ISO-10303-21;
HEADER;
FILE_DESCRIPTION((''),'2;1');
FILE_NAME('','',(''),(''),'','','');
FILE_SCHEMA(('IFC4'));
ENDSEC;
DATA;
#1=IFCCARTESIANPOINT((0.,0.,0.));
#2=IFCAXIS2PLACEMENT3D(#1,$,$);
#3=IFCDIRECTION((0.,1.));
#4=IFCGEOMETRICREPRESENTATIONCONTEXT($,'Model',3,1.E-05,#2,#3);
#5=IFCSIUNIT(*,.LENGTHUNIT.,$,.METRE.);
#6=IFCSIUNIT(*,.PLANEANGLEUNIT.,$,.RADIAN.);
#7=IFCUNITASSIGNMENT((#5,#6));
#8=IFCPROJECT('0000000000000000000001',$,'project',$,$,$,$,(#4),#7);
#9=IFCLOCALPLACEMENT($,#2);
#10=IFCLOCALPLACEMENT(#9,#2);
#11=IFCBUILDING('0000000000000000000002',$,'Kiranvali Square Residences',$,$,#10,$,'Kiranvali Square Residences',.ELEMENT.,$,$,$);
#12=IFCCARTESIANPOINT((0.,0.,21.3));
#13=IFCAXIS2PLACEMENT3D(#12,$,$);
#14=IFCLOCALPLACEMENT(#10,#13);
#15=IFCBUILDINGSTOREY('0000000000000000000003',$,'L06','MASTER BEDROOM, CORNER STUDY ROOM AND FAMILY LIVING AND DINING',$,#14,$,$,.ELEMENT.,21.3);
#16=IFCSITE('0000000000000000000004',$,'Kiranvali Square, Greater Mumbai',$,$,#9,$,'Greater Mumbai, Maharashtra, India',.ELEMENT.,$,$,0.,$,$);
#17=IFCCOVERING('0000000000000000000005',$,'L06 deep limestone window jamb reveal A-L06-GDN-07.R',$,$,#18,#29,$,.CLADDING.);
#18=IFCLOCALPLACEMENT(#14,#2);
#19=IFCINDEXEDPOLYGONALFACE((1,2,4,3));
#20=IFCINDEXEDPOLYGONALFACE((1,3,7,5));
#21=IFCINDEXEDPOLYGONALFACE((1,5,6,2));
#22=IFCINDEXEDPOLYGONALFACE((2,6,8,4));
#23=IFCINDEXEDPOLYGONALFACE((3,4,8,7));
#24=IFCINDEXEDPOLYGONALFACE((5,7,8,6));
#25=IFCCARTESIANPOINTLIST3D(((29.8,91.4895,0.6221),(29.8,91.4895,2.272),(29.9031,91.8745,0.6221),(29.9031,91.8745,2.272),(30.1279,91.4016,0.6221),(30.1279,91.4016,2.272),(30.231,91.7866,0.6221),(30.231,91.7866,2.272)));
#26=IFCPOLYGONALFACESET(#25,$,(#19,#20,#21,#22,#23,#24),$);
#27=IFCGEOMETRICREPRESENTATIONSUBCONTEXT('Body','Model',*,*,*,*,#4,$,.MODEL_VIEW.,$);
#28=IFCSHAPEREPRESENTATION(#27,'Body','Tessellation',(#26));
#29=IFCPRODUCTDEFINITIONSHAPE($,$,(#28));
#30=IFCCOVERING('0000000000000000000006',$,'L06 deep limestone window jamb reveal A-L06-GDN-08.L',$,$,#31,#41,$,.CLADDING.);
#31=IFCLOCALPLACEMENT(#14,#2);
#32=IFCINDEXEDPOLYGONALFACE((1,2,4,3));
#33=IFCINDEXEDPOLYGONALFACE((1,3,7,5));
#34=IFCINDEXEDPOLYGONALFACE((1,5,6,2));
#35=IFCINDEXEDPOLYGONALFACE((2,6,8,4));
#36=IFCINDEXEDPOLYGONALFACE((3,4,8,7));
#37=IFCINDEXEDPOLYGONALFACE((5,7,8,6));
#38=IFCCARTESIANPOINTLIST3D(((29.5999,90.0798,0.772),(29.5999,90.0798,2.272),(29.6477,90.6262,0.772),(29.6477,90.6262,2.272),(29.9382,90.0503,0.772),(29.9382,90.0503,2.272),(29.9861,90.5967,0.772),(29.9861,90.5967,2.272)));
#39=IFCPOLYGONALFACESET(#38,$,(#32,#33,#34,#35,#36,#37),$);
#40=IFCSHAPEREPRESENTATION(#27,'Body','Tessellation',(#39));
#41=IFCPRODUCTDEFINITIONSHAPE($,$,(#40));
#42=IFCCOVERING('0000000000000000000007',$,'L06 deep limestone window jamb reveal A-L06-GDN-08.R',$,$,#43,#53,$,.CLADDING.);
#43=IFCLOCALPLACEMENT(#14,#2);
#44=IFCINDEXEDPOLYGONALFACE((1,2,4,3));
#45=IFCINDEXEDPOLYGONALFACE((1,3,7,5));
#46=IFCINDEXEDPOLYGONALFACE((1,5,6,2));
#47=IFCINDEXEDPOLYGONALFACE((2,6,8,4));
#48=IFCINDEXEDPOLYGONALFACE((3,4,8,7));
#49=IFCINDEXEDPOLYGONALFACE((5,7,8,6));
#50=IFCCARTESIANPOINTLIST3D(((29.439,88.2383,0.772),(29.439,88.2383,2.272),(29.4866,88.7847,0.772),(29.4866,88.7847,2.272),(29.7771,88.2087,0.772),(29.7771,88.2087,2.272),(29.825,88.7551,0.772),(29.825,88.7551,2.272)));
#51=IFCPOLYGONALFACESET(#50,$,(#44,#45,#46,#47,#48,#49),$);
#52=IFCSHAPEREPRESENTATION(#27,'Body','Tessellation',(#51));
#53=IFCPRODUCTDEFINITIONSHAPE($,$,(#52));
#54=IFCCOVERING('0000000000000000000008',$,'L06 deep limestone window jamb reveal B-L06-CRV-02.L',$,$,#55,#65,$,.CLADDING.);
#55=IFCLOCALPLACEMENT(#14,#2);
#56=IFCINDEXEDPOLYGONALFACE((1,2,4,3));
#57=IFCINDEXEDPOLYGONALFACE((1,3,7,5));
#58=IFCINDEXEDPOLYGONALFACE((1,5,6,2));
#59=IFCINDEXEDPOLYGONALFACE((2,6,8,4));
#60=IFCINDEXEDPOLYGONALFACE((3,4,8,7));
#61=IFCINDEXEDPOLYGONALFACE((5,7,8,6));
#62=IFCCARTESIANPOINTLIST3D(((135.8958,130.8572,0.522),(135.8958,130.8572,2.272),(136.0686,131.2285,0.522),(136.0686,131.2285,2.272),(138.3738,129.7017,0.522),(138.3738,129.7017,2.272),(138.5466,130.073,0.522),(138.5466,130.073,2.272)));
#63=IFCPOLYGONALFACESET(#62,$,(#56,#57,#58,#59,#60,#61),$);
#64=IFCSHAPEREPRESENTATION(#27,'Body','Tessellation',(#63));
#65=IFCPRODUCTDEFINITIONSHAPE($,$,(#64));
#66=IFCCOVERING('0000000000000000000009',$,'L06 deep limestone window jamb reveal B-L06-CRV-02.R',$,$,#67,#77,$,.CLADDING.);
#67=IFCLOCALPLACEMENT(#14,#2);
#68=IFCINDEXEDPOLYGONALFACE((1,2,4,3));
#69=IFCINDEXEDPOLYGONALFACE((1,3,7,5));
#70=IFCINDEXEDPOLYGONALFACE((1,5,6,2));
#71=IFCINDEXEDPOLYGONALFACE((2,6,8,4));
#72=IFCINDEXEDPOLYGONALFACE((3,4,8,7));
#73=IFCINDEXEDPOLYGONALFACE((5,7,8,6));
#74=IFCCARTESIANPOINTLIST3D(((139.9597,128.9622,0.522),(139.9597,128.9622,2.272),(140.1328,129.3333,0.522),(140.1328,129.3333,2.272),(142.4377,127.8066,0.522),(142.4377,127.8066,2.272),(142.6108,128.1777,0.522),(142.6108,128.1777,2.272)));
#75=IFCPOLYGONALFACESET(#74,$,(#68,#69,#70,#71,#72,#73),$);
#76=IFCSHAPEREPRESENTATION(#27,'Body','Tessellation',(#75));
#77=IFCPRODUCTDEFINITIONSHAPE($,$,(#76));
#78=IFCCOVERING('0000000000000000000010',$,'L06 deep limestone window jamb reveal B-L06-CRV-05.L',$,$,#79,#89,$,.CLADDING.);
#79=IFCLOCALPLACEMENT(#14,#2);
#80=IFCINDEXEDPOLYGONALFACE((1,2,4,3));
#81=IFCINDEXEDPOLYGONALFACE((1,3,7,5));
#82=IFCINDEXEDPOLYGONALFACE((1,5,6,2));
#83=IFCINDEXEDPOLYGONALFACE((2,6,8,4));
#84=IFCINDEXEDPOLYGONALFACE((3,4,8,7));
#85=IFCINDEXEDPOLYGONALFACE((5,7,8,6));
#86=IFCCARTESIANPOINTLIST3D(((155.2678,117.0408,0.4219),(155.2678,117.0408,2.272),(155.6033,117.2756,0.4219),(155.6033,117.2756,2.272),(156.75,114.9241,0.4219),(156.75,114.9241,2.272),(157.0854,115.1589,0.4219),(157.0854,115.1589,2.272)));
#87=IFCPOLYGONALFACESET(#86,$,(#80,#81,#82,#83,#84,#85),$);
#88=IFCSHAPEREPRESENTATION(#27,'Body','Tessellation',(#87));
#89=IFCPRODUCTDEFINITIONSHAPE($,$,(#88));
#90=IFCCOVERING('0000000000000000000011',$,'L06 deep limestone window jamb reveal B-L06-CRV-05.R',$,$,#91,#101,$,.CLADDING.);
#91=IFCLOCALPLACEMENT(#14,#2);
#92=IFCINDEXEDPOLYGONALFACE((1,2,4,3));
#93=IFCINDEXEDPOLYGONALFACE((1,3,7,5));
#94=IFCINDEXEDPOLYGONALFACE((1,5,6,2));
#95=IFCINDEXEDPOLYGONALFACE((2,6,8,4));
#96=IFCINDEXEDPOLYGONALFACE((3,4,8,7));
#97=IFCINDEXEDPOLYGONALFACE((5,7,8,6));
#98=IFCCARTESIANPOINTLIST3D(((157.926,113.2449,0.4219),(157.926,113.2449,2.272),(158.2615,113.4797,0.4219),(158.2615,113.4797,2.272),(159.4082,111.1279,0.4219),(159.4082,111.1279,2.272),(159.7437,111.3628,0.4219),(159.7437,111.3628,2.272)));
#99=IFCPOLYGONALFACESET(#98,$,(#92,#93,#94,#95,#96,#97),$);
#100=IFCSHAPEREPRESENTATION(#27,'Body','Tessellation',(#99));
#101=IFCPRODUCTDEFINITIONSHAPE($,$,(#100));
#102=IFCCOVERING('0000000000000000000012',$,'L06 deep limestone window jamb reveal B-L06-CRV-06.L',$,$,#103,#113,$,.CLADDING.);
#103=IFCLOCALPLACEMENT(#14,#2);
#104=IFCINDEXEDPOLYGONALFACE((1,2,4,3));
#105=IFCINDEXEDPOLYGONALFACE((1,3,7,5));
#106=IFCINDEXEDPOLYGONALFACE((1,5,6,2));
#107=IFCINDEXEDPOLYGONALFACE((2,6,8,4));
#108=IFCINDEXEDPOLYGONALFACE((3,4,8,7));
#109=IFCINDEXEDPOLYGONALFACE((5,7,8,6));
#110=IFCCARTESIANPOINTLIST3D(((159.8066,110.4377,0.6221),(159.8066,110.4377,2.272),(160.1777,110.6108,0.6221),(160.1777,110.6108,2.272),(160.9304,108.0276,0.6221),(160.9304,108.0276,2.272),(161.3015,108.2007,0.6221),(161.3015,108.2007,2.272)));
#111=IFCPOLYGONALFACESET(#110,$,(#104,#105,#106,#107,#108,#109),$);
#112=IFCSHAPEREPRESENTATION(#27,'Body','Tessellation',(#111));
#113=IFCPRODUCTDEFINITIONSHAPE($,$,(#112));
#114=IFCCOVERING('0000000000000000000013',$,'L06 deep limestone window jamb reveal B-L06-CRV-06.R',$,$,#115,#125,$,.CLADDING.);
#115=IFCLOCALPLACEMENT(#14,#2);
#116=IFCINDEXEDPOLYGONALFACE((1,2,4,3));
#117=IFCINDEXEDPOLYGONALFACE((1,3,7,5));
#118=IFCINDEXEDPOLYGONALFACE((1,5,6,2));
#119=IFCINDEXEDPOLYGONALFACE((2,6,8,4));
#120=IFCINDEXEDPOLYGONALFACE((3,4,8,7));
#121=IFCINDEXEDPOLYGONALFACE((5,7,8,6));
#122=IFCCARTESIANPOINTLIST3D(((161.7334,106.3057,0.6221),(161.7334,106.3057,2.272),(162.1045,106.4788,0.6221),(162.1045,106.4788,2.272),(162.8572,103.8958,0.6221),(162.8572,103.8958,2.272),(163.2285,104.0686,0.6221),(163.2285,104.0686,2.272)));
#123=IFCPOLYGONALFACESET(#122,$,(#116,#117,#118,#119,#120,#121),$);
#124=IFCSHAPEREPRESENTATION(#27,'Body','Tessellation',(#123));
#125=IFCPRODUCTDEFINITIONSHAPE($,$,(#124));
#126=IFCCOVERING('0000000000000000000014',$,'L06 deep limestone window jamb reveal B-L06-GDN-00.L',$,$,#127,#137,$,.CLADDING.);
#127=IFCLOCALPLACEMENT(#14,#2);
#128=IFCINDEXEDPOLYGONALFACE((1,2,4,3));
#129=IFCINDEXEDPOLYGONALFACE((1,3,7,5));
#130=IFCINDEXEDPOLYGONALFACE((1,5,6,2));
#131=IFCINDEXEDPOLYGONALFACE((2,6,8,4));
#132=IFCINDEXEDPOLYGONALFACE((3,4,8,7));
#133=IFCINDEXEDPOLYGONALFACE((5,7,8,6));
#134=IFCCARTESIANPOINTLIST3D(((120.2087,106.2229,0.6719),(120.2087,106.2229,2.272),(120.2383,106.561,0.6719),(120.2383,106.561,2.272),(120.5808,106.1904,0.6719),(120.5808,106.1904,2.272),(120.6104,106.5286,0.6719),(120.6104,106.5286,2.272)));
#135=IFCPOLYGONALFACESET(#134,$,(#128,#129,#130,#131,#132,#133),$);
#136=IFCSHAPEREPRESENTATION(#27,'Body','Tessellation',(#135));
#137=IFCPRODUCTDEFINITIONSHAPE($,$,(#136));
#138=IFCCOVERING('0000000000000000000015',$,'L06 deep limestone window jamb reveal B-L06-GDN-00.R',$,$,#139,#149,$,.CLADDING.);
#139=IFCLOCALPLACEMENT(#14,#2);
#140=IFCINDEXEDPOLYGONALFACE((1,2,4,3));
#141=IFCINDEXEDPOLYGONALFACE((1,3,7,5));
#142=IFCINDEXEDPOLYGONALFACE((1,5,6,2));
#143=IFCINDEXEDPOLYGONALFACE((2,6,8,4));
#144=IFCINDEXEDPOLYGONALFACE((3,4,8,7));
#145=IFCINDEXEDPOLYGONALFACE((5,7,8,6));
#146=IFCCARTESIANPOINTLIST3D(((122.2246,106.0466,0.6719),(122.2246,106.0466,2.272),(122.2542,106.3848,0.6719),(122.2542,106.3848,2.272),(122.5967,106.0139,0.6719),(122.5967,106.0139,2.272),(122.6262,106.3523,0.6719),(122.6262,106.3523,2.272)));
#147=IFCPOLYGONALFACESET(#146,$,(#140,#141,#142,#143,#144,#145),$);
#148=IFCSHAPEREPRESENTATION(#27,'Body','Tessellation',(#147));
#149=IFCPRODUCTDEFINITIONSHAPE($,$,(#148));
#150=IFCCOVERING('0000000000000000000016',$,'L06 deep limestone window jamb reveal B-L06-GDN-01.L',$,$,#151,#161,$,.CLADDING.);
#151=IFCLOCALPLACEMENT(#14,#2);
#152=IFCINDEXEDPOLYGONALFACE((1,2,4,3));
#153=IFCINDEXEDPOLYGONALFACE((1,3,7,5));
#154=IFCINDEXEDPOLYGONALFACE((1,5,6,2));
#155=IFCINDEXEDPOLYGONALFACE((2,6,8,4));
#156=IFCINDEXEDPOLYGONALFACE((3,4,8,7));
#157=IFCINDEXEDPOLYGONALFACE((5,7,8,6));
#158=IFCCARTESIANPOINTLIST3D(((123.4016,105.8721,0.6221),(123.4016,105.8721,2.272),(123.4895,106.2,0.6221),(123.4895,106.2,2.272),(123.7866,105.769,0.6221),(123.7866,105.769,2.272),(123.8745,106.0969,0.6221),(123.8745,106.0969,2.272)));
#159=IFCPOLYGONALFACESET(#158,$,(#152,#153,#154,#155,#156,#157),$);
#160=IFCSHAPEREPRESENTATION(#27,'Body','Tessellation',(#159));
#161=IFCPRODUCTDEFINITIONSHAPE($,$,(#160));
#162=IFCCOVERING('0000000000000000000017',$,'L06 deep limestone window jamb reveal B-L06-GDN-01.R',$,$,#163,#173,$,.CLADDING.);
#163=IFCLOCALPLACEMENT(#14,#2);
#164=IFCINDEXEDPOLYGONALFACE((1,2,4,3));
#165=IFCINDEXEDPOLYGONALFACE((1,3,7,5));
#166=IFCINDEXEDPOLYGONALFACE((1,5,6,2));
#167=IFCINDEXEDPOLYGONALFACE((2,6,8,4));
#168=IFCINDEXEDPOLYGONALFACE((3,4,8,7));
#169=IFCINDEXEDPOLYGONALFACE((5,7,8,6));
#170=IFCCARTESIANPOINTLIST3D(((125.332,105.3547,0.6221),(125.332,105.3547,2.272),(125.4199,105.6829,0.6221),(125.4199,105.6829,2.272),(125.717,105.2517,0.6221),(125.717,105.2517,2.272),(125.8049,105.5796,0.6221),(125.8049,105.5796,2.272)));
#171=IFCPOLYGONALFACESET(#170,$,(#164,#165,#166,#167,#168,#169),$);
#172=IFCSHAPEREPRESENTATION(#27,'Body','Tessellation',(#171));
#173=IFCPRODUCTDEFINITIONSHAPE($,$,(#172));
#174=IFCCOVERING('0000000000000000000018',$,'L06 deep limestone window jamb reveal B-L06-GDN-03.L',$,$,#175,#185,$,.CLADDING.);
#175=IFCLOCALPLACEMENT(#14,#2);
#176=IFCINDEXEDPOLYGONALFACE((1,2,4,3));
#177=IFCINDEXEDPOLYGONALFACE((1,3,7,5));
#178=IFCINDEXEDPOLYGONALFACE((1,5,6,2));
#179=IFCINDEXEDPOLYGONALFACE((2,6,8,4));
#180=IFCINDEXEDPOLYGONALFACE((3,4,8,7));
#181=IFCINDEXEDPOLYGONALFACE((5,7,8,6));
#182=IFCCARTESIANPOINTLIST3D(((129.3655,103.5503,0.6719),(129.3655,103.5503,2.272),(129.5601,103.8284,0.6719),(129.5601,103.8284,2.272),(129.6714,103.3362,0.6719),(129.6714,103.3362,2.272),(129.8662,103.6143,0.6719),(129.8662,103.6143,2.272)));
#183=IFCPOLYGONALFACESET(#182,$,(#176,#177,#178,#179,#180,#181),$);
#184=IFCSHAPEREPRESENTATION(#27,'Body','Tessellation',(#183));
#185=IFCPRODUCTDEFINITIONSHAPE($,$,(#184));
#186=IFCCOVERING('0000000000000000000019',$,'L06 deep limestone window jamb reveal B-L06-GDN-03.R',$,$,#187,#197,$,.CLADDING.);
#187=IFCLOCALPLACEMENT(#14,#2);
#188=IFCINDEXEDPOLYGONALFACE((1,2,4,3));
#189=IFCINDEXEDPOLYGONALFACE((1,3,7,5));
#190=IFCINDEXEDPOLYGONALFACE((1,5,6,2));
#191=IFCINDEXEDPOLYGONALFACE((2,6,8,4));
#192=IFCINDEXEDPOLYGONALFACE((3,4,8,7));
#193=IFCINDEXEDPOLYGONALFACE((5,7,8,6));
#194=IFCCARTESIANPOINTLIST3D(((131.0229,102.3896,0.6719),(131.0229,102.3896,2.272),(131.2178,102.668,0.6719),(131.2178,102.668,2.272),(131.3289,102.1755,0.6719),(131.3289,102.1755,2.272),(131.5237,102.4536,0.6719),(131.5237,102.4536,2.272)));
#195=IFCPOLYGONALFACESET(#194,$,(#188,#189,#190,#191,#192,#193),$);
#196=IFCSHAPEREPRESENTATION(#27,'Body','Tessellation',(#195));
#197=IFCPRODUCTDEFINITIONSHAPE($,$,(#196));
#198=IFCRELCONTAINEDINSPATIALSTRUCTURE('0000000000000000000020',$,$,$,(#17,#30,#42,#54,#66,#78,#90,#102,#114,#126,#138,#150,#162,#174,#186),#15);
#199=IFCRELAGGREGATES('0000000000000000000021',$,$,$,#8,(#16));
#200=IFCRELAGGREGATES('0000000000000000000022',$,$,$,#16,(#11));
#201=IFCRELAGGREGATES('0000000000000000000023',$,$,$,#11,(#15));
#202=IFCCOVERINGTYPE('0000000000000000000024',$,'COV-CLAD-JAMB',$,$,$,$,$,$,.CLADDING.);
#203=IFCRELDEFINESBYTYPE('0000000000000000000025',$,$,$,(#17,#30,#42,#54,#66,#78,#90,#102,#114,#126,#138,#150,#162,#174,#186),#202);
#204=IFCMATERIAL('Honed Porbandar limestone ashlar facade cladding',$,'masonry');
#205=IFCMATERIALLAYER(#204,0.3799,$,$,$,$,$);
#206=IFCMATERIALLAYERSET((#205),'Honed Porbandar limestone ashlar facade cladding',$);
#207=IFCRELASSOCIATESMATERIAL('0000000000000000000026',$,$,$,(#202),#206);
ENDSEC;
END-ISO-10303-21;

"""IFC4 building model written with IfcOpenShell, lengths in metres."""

from ifc_helpers import new_model, si_unit, direction, frame, origin, place, context, subcontext, project, spatial, polyline, outline, extrude, material, layer, layer_set, type_object, element, save


model = new_model("IFC4")

# Units and contexts
model_context = context("Model", 3, precision=1e-05, world=origin(), true_north=direction((0.0, 1.0)))
body_context = subcontext(model_context, "Body", "Model", "MODEL_VIEW")
ifc_project = project(units=[si_unit("LENGTHUNIT", "METRE"), si_unit("PLANEANGLEUNIT", "RADIAN")], contexts=[model_context])

# Site, building, storey
site_placement = place(None, origin())
site = spatial("IfcSite", under=ifc_project, at=site_placement, Name="Kiranvali Square, Greater Mumbai", LongName="Greater Mumbai, Maharashtra, India", CompositionType="ELEMENT", RefElevation=0.0)
building_placement = place(site_placement, origin())
building = spatial("IfcBuilding", under=site, at=building_placement, Name="Kiranvali Square Residences", LongName="Kiranvali Square Residences", CompositionType="ELEMENT")
storey_placement = place(building_placement, frame((0.0, 0.0, 21.3)))
storey = spatial("IfcBuildingStorey", under=building, at=storey_placement, Name="L06", Description="MASTER BEDROOM, CORNER STUDY ROOM AND FAMILY LIVING AND DINING", CompositionType="ELEMENT", Elevation=21.3)

# Coverings
ifc_material = material(Name="Honed Porbandar limestone ashlar facade cladding", Category="masonry")
ifc_layer = layer(ifc_material, 0.3799)
ifc_layer_set = layer_set([ifc_layer], Name="Honed Porbandar limestone ashlar facade cladding")
covering_type = type_object("IfcCoveringType", Name="COV-CLAD-JAMB", PredefinedType="CLADDING", material=ifc_layer_set)
covering_1_placement = place(storey_placement, frame((0.0, 0.0, 0.6221)))
element("IfcCovering", 1, at=covering_1_placement, inside=storey, type_object=covering_type, Name="L06 deep limestone window jamb reveal A-L06-GDN-07.R", PredefinedType="CLADDING", context=body_context, shape_type="SweptSolid", body=[
    extrude(outline(polyline([(29.9031, 91.8745), (29.8, 91.4895), (30.1279, 91.4016), (30.231, 91.7866), (29.9031, 91.8745)])), origin(), (0.0, 0.0, 1.0), 1.6499),
])
covering_2_placement = place(storey_placement, frame((0.0, 0.0, 0.772)))
element("IfcCovering", 2, at=covering_2_placement, inside=storey, type_object=covering_type, Name="L06 deep limestone window jamb reveal A-L06-GDN-08.L", PredefinedType="CLADDING", context=body_context, shape_type="SweptSolid", body=[
    extrude(outline(polyline([(29.6477, 90.6262), (29.5999, 90.0798), (29.9382, 90.0503), (29.9861, 90.5967), (29.6477, 90.6262)])), origin(), (0.0, 0.0, 1.0), 1.5),
])
covering_3_placement = place(storey_placement, frame((0.0, 0.0, 0.772)))
element("IfcCovering", 3, at=covering_3_placement, inside=storey, type_object=covering_type, Name="L06 deep limestone window jamb reveal A-L06-GDN-08.R", PredefinedType="CLADDING", context=body_context, shape_type="SweptSolid", body=[
    extrude(outline(polyline([(29.4866, 88.7847), (29.439, 88.2383), (29.7771, 88.2087), (29.825, 88.7551), (29.4866, 88.7847)])), origin(), (0.0, 0.0, 1.0), 1.5),
])
covering_4_placement = place(storey_placement, frame((0.0, 0.0, 0.522)))
element("IfcCovering", 4, at=covering_4_placement, inside=storey, type_object=covering_type, Name="L06 deep limestone window jamb reveal B-L06-CRV-02.L", PredefinedType="CLADDING", context=body_context, shape_type="SweptSolid", body=[
    extrude(outline(polyline([(135.8958, 130.8572), (138.3738, 129.7017), (138.5466, 130.073), (136.0686, 131.2285), (135.8958, 130.8572)])), origin(), (0.0, 0.0, 1.0), 1.75),
])
covering_5_placement = place(storey_placement, frame((0.0, 0.0, 0.522)))
element("IfcCovering", 5, at=covering_5_placement, inside=storey, type_object=covering_type, Name="L06 deep limestone window jamb reveal B-L06-CRV-02.R", PredefinedType="CLADDING", context=body_context, shape_type="SweptSolid", body=[
    extrude(outline(polyline([(139.9597, 128.9622), (142.4377, 127.8066), (142.6108, 128.1777), (140.1328, 129.3333), (139.9597, 128.9622)])), origin(), (0.0, 0.0, 1.0), 1.75),
])
covering_6_placement = place(storey_placement, frame((0.0, 0.0, 0.4219)))
element("IfcCovering", 6, at=covering_6_placement, inside=storey, type_object=covering_type, Name="L06 deep limestone window jamb reveal B-L06-CRV-05.L", PredefinedType="CLADDING", context=body_context, shape_type="SweptSolid", body=[
    extrude(outline(polyline([(155.2678, 117.0408), (156.75, 114.9241), (157.0854, 115.1589), (155.6033, 117.2756), (155.2678, 117.0408)])), origin(), (0.0, 0.0, 1.0), 1.8501),
])
covering_7_placement = place(storey_placement, frame((0.0, 0.0, 0.4219)))
element("IfcCovering", 7, at=covering_7_placement, inside=storey, type_object=covering_type, Name="L06 deep limestone window jamb reveal B-L06-CRV-05.R", PredefinedType="CLADDING", context=body_context, shape_type="SweptSolid", body=[
    extrude(outline(polyline([(157.926, 113.2449), (159.4082, 111.1279), (159.7437, 111.3628), (158.2615, 113.4797), (157.926, 113.2449)])), origin(), (0.0, 0.0, 1.0), 1.8501),
])
covering_8_placement = place(storey_placement, frame((0.0, 0.0, 0.6221)))
element("IfcCovering", 8, at=covering_8_placement, inside=storey, type_object=covering_type, Name="L06 deep limestone window jamb reveal B-L06-CRV-06.L", PredefinedType="CLADDING", context=body_context, shape_type="SweptSolid", body=[
    extrude(outline(polyline([(159.8066, 110.4377), (160.9304, 108.0276), (161.3015, 108.2007), (160.1777, 110.6108), (159.8066, 110.4377)])), origin(), (0.0, 0.0, 1.0), 1.6499),
])
covering_9_placement = place(storey_placement, frame((0.0, 0.0, 0.6221)))
element("IfcCovering", 9, at=covering_9_placement, inside=storey, type_object=covering_type, Name="L06 deep limestone window jamb reveal B-L06-CRV-06.R", PredefinedType="CLADDING", context=body_context, shape_type="SweptSolid", body=[
    extrude(outline(polyline([(161.7334, 106.3057), (162.8572, 103.8958), (163.2285, 104.0686), (162.1045, 106.4788), (161.7334, 106.3057)])), origin(), (0.0, 0.0, 1.0), 1.6499),
])
covering_10_placement = place(storey_placement, frame((0.0, 0.0, 0.6719)))
element("IfcCovering", 10, at=covering_10_placement, inside=storey, type_object=covering_type, Name="L06 deep limestone window jamb reveal B-L06-GDN-00.L", PredefinedType="CLADDING", context=body_context, shape_type="SweptSolid", body=[
    extrude(outline(polyline([(120.2087, 106.2229), (120.5808, 106.1904), (120.6104, 106.5286), (120.2383, 106.561), (120.2087, 106.2229)])), origin(), (0.0, 0.0, 1.0), 1.6001),
])
covering_11_placement = place(storey_placement, frame((0.0, 0.0, 0.6719)))
element("IfcCovering", 11, at=covering_11_placement, inside=storey, type_object=covering_type, Name="L06 deep limestone window jamb reveal B-L06-GDN-00.R", PredefinedType="CLADDING", context=body_context, shape_type="SweptSolid", body=[
    extrude(outline(polyline([(122.2246, 106.0466), (122.5967, 106.0139), (122.6262, 106.3523), (122.2542, 106.3848), (122.2246, 106.0466)])), origin(), (0.0, 0.0, 1.0), 1.6001),
])
covering_12_placement = place(storey_placement, frame((0.0, 0.0, 0.6221)))
element("IfcCovering", 12, at=covering_12_placement, inside=storey, type_object=covering_type, Name="L06 deep limestone window jamb reveal B-L06-GDN-01.L", PredefinedType="CLADDING", context=body_context, shape_type="SweptSolid", body=[
    extrude(outline(polyline([(123.4016, 105.8721), (123.7866, 105.769), (123.8745, 106.0969), (123.4895, 106.2), (123.4016, 105.8721)])), origin(), (0.0, 0.0, 1.0), 1.6499),
])
covering_13_placement = place(storey_placement, frame((0.0, 0.0, 0.6221)))
element("IfcCovering", 13, at=covering_13_placement, inside=storey, type_object=covering_type, Name="L06 deep limestone window jamb reveal B-L06-GDN-01.R", PredefinedType="CLADDING", context=body_context, shape_type="SweptSolid", body=[
    extrude(outline(polyline([(125.332, 105.3547), (125.717, 105.2517), (125.8049, 105.5796), (125.4199, 105.6829), (125.332, 105.3547)])), origin(), (0.0, 0.0, 1.0), 1.6499),
])
covering_14_placement = place(storey_placement, frame((0.0, 0.0, 0.6719)))
element("IfcCovering", 14, at=covering_14_placement, inside=storey, type_object=covering_type, Name="L06 deep limestone window jamb reveal B-L06-GDN-03.L", PredefinedType="CLADDING", context=body_context, shape_type="SweptSolid", body=[
    extrude(outline(polyline([(129.3655, 103.5503), (129.6714, 103.3362), (129.8662, 103.6143), (129.5601, 103.8284), (129.3655, 103.5503)])), origin(), (0.0, 0.0, 1.0), 1.6001),
])
covering_15_placement = place(storey_placement, frame((0.0, 0.0, 0.6719)))
element("IfcCovering", 15, at=covering_15_placement, inside=storey, type_object=covering_type, Name="L06 deep limestone window jamb reveal B-L06-GDN-03.R", PredefinedType="CLADDING", context=body_context, shape_type="SweptSolid", body=[
    extrude(outline(polyline([(131.0229, 102.3896), (131.3289, 102.1755), (131.5237, 102.4536), (131.2178, 102.668), (131.0229, 102.3896)])), origin(), (0.0, 0.0, 1.0), 1.6001),
])

save(model, "model.ifc")
